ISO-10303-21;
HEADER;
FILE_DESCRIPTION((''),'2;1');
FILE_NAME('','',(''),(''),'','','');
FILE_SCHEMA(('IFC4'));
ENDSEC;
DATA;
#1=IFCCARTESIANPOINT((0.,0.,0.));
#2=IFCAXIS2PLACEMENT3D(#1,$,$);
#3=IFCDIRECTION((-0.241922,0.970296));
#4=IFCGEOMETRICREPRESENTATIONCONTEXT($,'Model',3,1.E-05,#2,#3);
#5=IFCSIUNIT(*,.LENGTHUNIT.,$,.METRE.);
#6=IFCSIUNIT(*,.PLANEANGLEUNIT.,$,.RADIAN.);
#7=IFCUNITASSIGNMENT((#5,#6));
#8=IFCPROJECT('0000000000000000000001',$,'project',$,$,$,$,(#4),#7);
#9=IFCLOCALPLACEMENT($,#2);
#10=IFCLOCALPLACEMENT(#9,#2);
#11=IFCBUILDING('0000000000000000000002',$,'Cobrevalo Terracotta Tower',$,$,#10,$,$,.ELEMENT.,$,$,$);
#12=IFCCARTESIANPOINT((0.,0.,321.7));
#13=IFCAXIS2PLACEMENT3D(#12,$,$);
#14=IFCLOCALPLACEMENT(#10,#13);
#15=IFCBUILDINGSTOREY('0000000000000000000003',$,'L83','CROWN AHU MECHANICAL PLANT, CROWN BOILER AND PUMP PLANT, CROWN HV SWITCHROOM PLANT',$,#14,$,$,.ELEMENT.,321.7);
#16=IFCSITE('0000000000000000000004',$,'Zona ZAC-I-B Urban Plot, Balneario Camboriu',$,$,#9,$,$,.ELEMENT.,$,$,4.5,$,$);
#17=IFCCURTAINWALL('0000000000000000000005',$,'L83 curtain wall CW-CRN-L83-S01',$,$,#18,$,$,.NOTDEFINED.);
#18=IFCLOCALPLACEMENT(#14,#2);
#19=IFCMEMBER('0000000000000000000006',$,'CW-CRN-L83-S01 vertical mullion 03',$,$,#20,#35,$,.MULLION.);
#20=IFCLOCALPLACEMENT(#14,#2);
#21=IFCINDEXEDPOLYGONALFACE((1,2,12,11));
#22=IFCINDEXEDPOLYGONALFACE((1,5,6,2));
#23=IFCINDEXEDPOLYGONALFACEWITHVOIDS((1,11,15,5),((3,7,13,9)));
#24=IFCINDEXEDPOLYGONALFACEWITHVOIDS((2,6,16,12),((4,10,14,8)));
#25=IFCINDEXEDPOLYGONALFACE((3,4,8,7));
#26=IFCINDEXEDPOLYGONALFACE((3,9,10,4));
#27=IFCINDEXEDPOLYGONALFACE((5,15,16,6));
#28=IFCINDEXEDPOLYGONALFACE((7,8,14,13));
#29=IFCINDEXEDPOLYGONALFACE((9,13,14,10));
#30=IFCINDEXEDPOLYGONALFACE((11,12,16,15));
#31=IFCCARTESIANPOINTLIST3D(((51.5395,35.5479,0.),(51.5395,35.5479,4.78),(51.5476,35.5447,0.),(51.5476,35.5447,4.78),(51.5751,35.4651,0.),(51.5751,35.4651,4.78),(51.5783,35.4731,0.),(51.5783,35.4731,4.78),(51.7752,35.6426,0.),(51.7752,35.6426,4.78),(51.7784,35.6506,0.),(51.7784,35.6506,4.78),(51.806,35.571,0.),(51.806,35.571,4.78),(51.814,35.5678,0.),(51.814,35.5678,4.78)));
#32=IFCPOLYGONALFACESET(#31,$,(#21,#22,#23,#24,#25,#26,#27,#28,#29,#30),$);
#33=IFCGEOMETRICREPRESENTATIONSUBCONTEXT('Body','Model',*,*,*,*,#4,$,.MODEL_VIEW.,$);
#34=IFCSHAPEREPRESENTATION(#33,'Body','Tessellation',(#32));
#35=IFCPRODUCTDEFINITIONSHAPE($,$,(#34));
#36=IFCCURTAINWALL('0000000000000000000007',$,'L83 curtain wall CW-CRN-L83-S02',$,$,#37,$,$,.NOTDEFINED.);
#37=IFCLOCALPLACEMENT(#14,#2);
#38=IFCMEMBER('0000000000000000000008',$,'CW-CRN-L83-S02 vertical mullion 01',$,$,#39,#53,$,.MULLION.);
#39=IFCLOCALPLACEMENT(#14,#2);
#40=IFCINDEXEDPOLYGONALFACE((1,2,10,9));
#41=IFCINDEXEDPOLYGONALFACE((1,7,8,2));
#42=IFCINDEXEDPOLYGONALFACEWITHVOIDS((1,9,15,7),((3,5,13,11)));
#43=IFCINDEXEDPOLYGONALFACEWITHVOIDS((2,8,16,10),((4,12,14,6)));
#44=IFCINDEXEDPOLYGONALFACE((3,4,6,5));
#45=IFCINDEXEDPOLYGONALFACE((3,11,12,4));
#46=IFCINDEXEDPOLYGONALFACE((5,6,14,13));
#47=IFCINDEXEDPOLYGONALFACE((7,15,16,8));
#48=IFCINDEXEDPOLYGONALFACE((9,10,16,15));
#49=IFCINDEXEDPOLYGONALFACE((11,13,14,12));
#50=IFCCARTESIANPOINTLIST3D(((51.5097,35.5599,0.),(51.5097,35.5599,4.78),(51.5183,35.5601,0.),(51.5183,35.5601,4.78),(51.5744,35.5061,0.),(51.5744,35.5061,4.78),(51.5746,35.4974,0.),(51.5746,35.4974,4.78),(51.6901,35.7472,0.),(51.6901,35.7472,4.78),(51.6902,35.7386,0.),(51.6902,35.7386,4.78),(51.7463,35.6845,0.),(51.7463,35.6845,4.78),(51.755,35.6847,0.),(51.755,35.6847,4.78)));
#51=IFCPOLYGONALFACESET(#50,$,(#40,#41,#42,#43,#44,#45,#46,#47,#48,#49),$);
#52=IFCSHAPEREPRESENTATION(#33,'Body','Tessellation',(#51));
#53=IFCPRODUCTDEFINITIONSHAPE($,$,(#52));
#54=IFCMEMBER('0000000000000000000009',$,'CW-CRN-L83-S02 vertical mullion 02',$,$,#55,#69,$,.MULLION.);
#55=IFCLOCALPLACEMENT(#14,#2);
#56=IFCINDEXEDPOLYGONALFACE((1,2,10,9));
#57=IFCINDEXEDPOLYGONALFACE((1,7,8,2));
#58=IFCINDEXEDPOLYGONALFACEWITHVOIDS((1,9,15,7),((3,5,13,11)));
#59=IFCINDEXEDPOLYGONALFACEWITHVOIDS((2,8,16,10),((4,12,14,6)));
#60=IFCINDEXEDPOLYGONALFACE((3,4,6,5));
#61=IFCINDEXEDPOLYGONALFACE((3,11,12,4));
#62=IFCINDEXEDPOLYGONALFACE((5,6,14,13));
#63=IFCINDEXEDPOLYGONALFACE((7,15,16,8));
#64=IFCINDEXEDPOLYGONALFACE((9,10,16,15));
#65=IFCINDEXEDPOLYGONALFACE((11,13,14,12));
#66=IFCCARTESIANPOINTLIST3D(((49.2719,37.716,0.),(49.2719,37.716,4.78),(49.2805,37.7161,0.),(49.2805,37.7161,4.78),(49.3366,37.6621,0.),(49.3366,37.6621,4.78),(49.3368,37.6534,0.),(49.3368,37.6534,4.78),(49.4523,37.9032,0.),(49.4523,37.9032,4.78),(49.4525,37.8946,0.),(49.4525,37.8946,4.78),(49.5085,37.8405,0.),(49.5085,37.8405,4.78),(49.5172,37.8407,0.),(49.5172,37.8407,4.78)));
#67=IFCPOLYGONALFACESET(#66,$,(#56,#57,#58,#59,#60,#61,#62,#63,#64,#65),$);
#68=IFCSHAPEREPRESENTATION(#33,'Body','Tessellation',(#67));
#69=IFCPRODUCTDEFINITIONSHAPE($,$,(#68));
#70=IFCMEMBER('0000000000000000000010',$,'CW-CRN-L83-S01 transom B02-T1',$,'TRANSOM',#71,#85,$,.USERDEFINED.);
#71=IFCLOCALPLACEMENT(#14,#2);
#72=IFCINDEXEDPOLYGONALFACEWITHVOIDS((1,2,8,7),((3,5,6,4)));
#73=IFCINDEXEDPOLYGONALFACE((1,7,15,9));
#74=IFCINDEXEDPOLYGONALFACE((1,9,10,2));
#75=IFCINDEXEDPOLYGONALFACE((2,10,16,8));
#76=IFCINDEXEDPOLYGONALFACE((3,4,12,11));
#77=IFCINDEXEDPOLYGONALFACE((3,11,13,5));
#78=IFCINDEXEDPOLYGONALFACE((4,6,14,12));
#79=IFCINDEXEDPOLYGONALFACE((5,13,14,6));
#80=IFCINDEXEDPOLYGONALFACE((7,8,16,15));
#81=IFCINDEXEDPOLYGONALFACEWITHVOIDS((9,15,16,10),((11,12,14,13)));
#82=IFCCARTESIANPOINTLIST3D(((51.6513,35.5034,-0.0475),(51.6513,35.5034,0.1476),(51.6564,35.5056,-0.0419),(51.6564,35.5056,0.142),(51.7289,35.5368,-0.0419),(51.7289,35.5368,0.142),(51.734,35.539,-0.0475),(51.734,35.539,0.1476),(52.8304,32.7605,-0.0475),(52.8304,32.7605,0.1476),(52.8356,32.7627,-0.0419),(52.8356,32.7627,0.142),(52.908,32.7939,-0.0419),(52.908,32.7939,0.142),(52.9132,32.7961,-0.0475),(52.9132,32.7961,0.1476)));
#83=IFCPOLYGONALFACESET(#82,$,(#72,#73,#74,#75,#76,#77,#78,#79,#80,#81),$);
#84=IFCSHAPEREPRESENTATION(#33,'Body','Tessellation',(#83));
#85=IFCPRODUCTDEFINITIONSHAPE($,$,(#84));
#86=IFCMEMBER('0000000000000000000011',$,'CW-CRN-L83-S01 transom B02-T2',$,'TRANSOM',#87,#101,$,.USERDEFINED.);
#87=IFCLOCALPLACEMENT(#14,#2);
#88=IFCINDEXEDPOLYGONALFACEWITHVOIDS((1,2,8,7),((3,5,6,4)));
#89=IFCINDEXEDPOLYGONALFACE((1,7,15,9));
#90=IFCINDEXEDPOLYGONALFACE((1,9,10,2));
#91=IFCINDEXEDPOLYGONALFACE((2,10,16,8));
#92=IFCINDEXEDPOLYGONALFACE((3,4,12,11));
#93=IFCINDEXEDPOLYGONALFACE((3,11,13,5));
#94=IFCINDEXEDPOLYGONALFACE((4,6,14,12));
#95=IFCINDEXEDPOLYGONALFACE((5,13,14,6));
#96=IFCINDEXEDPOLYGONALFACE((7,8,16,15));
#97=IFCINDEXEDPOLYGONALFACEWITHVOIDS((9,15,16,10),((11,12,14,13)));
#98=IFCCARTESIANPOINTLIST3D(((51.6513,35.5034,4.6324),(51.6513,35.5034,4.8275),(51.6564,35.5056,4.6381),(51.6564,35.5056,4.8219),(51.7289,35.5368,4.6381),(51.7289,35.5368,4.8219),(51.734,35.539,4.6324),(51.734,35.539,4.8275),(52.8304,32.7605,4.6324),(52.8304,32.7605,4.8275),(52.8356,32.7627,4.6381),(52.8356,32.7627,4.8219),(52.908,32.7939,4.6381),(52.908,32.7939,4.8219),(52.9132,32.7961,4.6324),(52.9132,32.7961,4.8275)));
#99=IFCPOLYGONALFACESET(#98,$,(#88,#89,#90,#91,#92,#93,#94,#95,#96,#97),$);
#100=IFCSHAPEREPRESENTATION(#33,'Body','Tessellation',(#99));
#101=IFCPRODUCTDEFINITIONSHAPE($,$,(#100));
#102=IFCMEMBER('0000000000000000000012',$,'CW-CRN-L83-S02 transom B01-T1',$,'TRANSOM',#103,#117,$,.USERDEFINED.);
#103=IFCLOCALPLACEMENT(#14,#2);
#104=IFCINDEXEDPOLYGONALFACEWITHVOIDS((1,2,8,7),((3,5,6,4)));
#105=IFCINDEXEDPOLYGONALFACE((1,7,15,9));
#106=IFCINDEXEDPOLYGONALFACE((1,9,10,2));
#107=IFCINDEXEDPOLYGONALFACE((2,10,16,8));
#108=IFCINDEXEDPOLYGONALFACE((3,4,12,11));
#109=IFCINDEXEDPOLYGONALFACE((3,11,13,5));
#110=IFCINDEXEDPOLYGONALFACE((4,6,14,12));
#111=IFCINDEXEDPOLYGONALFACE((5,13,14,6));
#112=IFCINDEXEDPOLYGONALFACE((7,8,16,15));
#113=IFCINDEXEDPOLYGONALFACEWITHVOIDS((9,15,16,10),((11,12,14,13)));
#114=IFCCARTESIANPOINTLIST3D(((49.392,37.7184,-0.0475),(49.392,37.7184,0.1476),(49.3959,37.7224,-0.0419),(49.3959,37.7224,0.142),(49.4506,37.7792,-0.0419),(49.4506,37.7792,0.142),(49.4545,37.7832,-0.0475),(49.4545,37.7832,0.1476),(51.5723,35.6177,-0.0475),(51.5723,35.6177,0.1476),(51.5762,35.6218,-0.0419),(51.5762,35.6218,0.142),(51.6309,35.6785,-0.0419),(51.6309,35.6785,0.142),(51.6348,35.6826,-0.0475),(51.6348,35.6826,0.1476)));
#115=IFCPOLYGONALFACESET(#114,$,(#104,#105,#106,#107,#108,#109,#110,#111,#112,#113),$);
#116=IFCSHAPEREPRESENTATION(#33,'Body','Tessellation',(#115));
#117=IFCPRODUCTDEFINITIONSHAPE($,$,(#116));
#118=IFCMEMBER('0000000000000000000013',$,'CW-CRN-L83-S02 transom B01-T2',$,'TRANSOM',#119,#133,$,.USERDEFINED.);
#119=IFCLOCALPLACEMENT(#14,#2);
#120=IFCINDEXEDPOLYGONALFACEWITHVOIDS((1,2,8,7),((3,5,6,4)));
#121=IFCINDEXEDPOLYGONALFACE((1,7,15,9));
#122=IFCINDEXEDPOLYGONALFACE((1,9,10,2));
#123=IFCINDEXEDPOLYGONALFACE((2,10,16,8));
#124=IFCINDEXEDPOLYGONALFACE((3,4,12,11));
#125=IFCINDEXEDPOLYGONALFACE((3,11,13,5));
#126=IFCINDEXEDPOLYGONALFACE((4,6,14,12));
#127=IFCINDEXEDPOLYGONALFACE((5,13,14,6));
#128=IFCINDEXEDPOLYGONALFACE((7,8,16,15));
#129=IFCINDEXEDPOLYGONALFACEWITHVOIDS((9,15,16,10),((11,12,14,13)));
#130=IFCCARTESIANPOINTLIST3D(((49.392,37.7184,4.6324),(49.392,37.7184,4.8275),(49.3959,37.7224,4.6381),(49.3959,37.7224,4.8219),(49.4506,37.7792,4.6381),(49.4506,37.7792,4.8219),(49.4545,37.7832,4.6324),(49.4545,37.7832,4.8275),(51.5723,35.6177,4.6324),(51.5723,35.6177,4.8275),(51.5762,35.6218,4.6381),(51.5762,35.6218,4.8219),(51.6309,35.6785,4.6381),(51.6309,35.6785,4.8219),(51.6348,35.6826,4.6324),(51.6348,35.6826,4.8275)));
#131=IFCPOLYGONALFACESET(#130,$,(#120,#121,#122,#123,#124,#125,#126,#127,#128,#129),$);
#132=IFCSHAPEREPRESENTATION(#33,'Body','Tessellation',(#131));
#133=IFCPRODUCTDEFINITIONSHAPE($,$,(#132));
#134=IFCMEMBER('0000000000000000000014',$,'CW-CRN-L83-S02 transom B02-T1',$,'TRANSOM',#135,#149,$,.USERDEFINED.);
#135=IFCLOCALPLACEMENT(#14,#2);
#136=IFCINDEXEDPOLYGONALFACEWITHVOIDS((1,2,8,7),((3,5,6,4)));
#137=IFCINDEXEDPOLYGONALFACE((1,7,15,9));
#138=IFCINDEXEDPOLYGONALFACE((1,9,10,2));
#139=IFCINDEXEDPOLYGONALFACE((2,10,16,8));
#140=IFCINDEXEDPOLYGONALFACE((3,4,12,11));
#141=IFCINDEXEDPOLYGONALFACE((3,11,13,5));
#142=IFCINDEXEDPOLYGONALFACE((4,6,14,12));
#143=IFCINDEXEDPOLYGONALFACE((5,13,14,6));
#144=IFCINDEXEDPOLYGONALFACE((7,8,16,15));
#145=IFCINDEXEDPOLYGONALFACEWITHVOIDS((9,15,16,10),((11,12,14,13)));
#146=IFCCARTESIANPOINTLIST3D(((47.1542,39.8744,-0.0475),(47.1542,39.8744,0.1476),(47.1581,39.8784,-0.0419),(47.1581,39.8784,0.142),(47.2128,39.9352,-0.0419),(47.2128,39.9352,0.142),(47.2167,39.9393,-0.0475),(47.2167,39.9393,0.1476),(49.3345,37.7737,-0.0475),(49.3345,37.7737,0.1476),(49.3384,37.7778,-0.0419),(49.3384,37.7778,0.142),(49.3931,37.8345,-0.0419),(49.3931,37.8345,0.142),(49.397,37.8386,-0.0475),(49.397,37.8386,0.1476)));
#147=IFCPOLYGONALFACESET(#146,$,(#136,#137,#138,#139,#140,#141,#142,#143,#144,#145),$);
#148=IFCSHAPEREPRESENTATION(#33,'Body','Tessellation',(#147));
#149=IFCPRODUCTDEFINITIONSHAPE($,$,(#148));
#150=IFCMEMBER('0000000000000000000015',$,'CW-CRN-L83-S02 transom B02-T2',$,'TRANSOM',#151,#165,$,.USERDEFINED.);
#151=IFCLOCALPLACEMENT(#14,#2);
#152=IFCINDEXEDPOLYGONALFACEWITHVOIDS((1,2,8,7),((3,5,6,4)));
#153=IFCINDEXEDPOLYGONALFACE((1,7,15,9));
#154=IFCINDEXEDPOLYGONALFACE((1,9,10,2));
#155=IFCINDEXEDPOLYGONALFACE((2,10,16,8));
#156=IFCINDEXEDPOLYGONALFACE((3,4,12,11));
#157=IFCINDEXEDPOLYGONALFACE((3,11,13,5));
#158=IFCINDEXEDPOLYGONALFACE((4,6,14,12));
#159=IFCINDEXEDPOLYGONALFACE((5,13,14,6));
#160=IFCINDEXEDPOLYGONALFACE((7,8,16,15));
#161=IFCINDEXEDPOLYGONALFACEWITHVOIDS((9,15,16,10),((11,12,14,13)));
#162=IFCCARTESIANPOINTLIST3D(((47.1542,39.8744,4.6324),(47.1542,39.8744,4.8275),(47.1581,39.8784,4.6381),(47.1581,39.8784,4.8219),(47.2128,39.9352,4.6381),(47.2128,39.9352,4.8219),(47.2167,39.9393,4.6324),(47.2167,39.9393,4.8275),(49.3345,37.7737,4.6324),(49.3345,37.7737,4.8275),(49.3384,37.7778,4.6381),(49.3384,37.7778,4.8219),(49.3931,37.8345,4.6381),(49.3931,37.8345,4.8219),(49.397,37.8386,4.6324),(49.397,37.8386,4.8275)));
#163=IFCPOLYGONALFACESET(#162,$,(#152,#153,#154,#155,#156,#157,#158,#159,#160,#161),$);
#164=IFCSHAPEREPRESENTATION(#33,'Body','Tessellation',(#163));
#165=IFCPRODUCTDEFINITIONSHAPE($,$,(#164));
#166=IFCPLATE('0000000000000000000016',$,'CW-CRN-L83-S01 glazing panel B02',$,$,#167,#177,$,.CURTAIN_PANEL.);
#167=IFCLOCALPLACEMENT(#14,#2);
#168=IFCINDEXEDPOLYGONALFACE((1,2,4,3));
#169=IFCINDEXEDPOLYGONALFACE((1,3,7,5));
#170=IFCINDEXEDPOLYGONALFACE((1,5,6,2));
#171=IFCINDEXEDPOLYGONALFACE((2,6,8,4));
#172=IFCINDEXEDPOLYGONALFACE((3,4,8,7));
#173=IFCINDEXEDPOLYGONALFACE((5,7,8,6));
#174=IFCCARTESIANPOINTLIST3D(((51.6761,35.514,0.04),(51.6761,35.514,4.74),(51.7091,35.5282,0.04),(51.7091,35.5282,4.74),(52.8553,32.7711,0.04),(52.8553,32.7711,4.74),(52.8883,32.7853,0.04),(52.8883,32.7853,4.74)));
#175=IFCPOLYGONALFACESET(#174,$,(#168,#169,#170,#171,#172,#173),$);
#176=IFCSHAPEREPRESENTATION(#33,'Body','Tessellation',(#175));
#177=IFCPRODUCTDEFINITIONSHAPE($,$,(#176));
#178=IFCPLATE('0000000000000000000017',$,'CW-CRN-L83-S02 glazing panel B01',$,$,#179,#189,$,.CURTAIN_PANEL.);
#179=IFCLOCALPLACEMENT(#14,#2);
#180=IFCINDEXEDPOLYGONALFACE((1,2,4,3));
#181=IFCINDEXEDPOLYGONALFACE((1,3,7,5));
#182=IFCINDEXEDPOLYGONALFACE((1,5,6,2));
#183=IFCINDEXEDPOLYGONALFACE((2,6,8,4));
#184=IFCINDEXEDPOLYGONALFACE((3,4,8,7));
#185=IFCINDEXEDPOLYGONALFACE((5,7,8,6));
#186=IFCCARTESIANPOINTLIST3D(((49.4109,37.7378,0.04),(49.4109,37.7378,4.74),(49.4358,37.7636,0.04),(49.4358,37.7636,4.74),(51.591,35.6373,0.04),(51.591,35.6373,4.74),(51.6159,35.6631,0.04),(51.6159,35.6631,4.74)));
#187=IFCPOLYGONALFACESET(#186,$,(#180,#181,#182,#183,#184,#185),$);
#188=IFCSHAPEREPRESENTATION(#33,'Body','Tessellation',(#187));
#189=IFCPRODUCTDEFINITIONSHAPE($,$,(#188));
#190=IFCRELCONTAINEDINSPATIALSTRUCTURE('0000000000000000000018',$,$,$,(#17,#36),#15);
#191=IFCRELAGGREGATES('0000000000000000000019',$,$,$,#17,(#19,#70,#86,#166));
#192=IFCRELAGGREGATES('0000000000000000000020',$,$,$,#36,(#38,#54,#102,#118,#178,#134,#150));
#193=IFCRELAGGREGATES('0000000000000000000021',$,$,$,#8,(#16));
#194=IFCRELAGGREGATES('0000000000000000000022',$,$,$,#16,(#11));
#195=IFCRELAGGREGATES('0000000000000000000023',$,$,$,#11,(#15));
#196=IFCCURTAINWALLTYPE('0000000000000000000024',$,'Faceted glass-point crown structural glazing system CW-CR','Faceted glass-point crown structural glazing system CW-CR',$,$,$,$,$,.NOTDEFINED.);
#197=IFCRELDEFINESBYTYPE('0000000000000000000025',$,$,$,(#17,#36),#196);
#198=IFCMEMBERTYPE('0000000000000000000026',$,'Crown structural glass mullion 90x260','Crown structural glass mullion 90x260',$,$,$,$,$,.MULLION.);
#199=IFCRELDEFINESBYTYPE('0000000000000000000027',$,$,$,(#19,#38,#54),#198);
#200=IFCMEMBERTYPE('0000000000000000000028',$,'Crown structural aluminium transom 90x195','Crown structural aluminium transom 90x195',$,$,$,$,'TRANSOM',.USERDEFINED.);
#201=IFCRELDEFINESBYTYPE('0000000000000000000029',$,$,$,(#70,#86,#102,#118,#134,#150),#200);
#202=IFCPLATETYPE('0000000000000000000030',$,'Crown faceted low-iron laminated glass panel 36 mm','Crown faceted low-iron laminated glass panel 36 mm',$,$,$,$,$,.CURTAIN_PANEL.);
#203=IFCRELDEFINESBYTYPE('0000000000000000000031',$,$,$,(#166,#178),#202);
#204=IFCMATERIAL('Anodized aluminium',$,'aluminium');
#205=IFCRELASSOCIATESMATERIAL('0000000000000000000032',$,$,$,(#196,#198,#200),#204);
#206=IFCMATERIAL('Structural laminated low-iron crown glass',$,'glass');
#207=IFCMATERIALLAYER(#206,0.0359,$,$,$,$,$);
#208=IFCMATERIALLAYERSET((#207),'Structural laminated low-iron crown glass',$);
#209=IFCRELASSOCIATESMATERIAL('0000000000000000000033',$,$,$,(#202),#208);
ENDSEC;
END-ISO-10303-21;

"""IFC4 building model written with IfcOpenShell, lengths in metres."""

from ifc_helpers import new_model, si_unit, direction, frame, origin, origin_2d, place, context, subcontext, project, spatial, rectangle, hollow_rectangle, extrude, source, transform, mapped, material, layer, layer_set, material_profile, profile_set, type_object, element, aggregate, save


model = new_model("IFC4")

# Units and contexts
model_context = context("Model", 3, precision=1e-05, world=origin(), true_north=direction((-0.241922, 0.970296)))
body_context = subcontext(model_context, "Body", "Model", "MODEL_VIEW")
ifc_project = project(units=[si_unit("LENGTHUNIT", "METRE"), si_unit("PLANEANGLEUNIT", "RADIAN")], contexts=[model_context])

# Site, building, storey
site_placement = place(None, origin())
site = spatial("IfcSite", under=ifc_project, at=site_placement, Name="Zona ZAC-I-B Urban Plot, Balneario Camboriu", CompositionType="ELEMENT", RefElevation=4.5)
building_placement = place(site_placement, origin())
building = spatial("IfcBuilding", under=site, at=building_placement, Name="Cobrevalo Terracotta Tower", CompositionType="ELEMENT")
storey_placement = place(building_placement, frame((0.0, 0.0, 321.7)))
storey = spatial("IfcBuildingStorey", under=building, at=storey_placement, Name="L83", Description="CROWN AHU MECHANICAL PLANT, CROWN BOILER AND PUMP PLANT, CROWN HV SWITCHROOM PLANT", CompositionType="ELEMENT", Elevation=321.7)

# Curtain wall, member
ifc_material_1 = material(Name="Anodized aluminium", Category="aluminium")
curtain_wall_type = type_object("IfcCurtainWallType", Name="Faceted glass-point crown structural glazing system CW-CR", Description="Faceted glass-point crown structural glazing system CW-CR", PredefinedType="NOTDEFINED", material=ifc_material_1)
curtain_wall_1_placement = place(storey_placement, origin())
curtain_wall_1 = element("IfcCurtainWall", 1, at=curtain_wall_1_placement, inside=storey, type_object=curtain_wall_type, Name="L83 curtain wall CW-CRN-L83-S01", PredefinedType="NOTDEFINED")
ifc_material_profile_1 = material_profile(ifc_material_1, hollow_rectangle(XDim=0.0901, YDim=0.26, WallThickness=0.0061, at=origin_2d()), Name="CWM 90x260")
ifc_profile_set_1 = profile_set([ifc_material_profile_1], Name="Anodized aluminium")
member_type_1 = type_object("IfcMemberType", Name="Crown structural glass mullion 90x260", Description="Crown structural glass mullion 90x260", PredefinedType="MULLION", material=ifc_profile_set_1)
shared_shape_1 = source(origin(), body_context, "Body", "SweptSolid", [
    extrude(hollow_rectangle(XDim=0.0901, YDim=0.26, WallThickness=0.0061, at=origin_2d()), origin(), (0.0, 0.0, 1.0), 4.78),
])
member_1_placement = place(storey_placement, frame((51.6768, 35.5579, 0.0), z_axis=(0.0, 0.0, 1.0), x_axis=(-0.394968, 0.918695, 0.0)))
member_1 = element("IfcMember", 2, at=member_1_placement, type_object=member_type_1, Name="CW-CRN-L83-S01 vertical mullion 03", PredefinedType="MULLION", context=body_context, shape_type="MappedRepresentation", body=[
    mapped(shared_shape_1, transform((0.0, 0.0, 0.0), scale=1.0)),
])

# Curtain wall, members
curtain_wall_2_placement = place(storey_placement, origin())
curtain_wall_2 = element("IfcCurtainWall", 3, at=curtain_wall_2_placement, inside=storey, type_object=curtain_wall_type, Name="L83 curtain wall CW-CRN-L83-S02", PredefinedType="NOTDEFINED")
member_2_placement = place(storey_placement, frame((51.6323, 35.6223, 0.0), z_axis=(0.0, 0.0, 1.0), x_axis=(-0.72014, 0.693829, 0.0)))
member_2 = element("IfcMember", 4, at=member_2_placement, type_object=member_type_1, Name="CW-CRN-L83-S02 vertical mullion 01", PredefinedType="MULLION", context=body_context, shape_type="MappedRepresentation", body=[
    mapped(shared_shape_1, transform((0.0, 0.0, 0.0), scale=1.0)),
])
member_3_placement = place(storey_placement, frame((49.3945, 37.7783, 0.0), z_axis=(0.0, 0.0, 1.0), x_axis=(-0.72014, 0.693829, 0.0)))
member_3 = element("IfcMember", 5, at=member_3_placement, type_object=member_type_1, Name="CW-CRN-L83-S02 vertical mullion 02", PredefinedType="MULLION", context=body_context, shape_type="MappedRepresentation", body=[
    mapped(shared_shape_1, transform((0.0, 0.0, 0.0), scale=1.0)),
])

# Members
ifc_material_profile_2 = material_profile(ifc_material_1, hollow_rectangle(XDim=0.0901, YDim=0.1951, WallThickness=0.0056, at=origin_2d()), Name="CWT 90x195")
ifc_profile_set_2 = profile_set([ifc_material_profile_2], Name="Anodized aluminium")
member_type_2 = type_object("IfcMemberType", Name="Crown structural aluminium transom 90x195", Description="Crown structural aluminium transom 90x195", ElementType="TRANSOM", PredefinedType="USERDEFINED", material=ifc_profile_set_2)
shared_shape_2 = source(origin(), body_context, "Body", "SweptSolid", [
    extrude(hollow_rectangle(XDim=0.0901, YDim=0.1951, WallThickness=0.0056, at=origin_2d()), origin(), (0.0, 0.0, 1.0), 2.9856),
])
member_4_placement = place(storey_placement, frame((52.8718, 32.7783, 0.05), z_axis=(-0.394955, 0.9187, 0.0), x_axis=(-0.9187, -0.394955, 0.0)))
member_4 = element("IfcMember", 6, at=member_4_placement, type_object=member_type_2, Name="CW-CRN-L83-S01 transom B02-T1", ObjectType="TRANSOM", PredefinedType="USERDEFINED", context=body_context, shape_type="MappedRepresentation", body=[
    mapped(shared_shape_2, transform((0.0, 0.0, 0.0), scale=1.0)),
])
member_5_placement = place(storey_placement, frame((52.8718, 32.7783, 4.73), z_axis=(-0.394955, 0.9187, 0.0), x_axis=(-0.9187, -0.394955, 0.0)))
member_5 = element("IfcMember", 7, at=member_5_placement, type_object=member_type_2, Name="CW-CRN-L83-S01 transom B02-T2", ObjectType="TRANSOM", PredefinedType="USERDEFINED", context=body_context, shape_type="MappedRepresentation", body=[
    mapped(shared_shape_2, transform((0.0, 0.0, 0.0), scale=1.0)),
])
shared_shape_3 = source(origin(), body_context, "Body", "SweptSolid", [
    extrude(hollow_rectangle(XDim=0.0901, YDim=0.1951, WallThickness=0.0056, at=origin_2d()), origin(), (0.0, 0.0, 1.0), 3.0276),
])
member_6_placement = place(storey_placement, frame((51.6035, 35.6501, 0.05), z_axis=(-0.720129, 0.69384, 0.0), x_axis=(-0.69384, -0.720129, 0.0)))
member_6 = element("IfcMember", 8, at=member_6_placement, type_object=member_type_2, Name="CW-CRN-L83-S02 transom B01-T1", ObjectType="TRANSOM", PredefinedType="USERDEFINED", context=body_context, shape_type="MappedRepresentation", body=[
    mapped(shared_shape_3, transform((0.0, 0.0, 0.0), scale=1.0)),
])
member_7_placement = place(storey_placement, frame((51.6035, 35.6501, 4.73), z_axis=(-0.720129, 0.69384, 0.0), x_axis=(-0.69384, -0.720129, 0.0)))
member_7 = element("IfcMember", 9, at=member_7_placement, type_object=member_type_2, Name="CW-CRN-L83-S02 transom B01-T2", ObjectType="TRANSOM", PredefinedType="USERDEFINED", context=body_context, shape_type="MappedRepresentation", body=[
    mapped(shared_shape_3, transform((0.0, 0.0, 0.0), scale=1.0)),
])
member_8_placement = place(storey_placement, frame((49.3657, 37.8062, 0.05), z_axis=(-0.720129, 0.69384, 0.0), x_axis=(-0.69384, -0.720129, 0.0)))
member_8 = element("IfcMember", 10, at=member_8_placement, type_object=member_type_2, Name="CW-CRN-L83-S02 transom B02-T1", ObjectType="TRANSOM", PredefinedType="USERDEFINED", context=body_context, shape_type="MappedRepresentation", body=[
    mapped(shared_shape_3, transform((0.0, 0.0, 0.0), scale=1.0)),
])
member_9_placement = place(storey_placement, frame((49.3657, 37.8062, 4.73), z_axis=(-0.720129, 0.69384, 0.0), x_axis=(-0.69384, -0.720129, 0.0)))
member_9 = element("IfcMember", 11, at=member_9_placement, type_object=member_type_2, Name="CW-CRN-L83-S02 transom B02-T2", ObjectType="TRANSOM", PredefinedType="USERDEFINED", context=body_context, shape_type="MappedRepresentation", body=[
    mapped(shared_shape_3, transform((0.0, 0.0, 0.0), scale=1.0)),
])

# Plates
ifc_material_2 = material(Name="Structural laminated low-iron crown glass", Category="glass")
ifc_layer_1 = layer(ifc_material_2, 0.0359)
ifc_layer_set_1 = layer_set([ifc_layer_1], Name="Structural laminated low-iron crown glass")
plate_type = type_object("IfcPlateType", Name="Crown faceted low-iron laminated glass panel 36 mm", Description="Crown faceted low-iron laminated glass panel 36 mm", PredefinedType="CURTAIN_PANEL", material=ifc_layer_set_1)
shared_shape_4 = source(origin(), body_context, "Body", "SweptSolid", [
    extrude(rectangle(XDim=2.9856, YDim=0.0359, at=origin_2d()), origin(), (0.0, 0.0, 1.0), 4.7),
])
plate_1_placement = place(storey_placement, frame((52.2822, 34.1497, 0.04), z_axis=(0.0, 0.0, 1.0), x_axis=(-0.39496, 0.918698, 0.0)))
plate_1 = element("IfcPlate", 12, at=plate_1_placement, type_object=plate_type, Name="CW-CRN-L83-S01 glazing panel B02", PredefinedType="CURTAIN_PANEL", context=body_context, shape_type="MappedRepresentation", body=[
    mapped(shared_shape_4, transform((0.0, 0.0, 0.0), scale=1.0)),
])
aggregate(curtain_wall_1, [member_1, member_4, member_5, plate_1])
shared_shape_5 = source(origin(), body_context, "Body", "SweptSolid", [
    extrude(rectangle(XDim=3.0273, YDim=0.0359, at=origin_2d()), origin(), (0.0, 0.0, 1.0), 4.7),
])
plate_2_placement = place(storey_placement, frame((50.5134, 36.7004, 0.04), z_axis=(0.0, 0.0, 1.0), x_axis=(-0.720133, 0.693836, 0.0)))
plate_2 = element("IfcPlate", 13, at=plate_2_placement, type_object=plate_type, Name="CW-CRN-L83-S02 glazing panel B01", PredefinedType="CURTAIN_PANEL", context=body_context, shape_type="MappedRepresentation", body=[
    mapped(shared_shape_5, transform((0.0, 0.0, 0.0), scale=1.0)),
])
aggregate(curtain_wall_2, [member_2, member_3, member_6, member_7, plate_2, member_8, member_9])

save(model, "model.ifc")
